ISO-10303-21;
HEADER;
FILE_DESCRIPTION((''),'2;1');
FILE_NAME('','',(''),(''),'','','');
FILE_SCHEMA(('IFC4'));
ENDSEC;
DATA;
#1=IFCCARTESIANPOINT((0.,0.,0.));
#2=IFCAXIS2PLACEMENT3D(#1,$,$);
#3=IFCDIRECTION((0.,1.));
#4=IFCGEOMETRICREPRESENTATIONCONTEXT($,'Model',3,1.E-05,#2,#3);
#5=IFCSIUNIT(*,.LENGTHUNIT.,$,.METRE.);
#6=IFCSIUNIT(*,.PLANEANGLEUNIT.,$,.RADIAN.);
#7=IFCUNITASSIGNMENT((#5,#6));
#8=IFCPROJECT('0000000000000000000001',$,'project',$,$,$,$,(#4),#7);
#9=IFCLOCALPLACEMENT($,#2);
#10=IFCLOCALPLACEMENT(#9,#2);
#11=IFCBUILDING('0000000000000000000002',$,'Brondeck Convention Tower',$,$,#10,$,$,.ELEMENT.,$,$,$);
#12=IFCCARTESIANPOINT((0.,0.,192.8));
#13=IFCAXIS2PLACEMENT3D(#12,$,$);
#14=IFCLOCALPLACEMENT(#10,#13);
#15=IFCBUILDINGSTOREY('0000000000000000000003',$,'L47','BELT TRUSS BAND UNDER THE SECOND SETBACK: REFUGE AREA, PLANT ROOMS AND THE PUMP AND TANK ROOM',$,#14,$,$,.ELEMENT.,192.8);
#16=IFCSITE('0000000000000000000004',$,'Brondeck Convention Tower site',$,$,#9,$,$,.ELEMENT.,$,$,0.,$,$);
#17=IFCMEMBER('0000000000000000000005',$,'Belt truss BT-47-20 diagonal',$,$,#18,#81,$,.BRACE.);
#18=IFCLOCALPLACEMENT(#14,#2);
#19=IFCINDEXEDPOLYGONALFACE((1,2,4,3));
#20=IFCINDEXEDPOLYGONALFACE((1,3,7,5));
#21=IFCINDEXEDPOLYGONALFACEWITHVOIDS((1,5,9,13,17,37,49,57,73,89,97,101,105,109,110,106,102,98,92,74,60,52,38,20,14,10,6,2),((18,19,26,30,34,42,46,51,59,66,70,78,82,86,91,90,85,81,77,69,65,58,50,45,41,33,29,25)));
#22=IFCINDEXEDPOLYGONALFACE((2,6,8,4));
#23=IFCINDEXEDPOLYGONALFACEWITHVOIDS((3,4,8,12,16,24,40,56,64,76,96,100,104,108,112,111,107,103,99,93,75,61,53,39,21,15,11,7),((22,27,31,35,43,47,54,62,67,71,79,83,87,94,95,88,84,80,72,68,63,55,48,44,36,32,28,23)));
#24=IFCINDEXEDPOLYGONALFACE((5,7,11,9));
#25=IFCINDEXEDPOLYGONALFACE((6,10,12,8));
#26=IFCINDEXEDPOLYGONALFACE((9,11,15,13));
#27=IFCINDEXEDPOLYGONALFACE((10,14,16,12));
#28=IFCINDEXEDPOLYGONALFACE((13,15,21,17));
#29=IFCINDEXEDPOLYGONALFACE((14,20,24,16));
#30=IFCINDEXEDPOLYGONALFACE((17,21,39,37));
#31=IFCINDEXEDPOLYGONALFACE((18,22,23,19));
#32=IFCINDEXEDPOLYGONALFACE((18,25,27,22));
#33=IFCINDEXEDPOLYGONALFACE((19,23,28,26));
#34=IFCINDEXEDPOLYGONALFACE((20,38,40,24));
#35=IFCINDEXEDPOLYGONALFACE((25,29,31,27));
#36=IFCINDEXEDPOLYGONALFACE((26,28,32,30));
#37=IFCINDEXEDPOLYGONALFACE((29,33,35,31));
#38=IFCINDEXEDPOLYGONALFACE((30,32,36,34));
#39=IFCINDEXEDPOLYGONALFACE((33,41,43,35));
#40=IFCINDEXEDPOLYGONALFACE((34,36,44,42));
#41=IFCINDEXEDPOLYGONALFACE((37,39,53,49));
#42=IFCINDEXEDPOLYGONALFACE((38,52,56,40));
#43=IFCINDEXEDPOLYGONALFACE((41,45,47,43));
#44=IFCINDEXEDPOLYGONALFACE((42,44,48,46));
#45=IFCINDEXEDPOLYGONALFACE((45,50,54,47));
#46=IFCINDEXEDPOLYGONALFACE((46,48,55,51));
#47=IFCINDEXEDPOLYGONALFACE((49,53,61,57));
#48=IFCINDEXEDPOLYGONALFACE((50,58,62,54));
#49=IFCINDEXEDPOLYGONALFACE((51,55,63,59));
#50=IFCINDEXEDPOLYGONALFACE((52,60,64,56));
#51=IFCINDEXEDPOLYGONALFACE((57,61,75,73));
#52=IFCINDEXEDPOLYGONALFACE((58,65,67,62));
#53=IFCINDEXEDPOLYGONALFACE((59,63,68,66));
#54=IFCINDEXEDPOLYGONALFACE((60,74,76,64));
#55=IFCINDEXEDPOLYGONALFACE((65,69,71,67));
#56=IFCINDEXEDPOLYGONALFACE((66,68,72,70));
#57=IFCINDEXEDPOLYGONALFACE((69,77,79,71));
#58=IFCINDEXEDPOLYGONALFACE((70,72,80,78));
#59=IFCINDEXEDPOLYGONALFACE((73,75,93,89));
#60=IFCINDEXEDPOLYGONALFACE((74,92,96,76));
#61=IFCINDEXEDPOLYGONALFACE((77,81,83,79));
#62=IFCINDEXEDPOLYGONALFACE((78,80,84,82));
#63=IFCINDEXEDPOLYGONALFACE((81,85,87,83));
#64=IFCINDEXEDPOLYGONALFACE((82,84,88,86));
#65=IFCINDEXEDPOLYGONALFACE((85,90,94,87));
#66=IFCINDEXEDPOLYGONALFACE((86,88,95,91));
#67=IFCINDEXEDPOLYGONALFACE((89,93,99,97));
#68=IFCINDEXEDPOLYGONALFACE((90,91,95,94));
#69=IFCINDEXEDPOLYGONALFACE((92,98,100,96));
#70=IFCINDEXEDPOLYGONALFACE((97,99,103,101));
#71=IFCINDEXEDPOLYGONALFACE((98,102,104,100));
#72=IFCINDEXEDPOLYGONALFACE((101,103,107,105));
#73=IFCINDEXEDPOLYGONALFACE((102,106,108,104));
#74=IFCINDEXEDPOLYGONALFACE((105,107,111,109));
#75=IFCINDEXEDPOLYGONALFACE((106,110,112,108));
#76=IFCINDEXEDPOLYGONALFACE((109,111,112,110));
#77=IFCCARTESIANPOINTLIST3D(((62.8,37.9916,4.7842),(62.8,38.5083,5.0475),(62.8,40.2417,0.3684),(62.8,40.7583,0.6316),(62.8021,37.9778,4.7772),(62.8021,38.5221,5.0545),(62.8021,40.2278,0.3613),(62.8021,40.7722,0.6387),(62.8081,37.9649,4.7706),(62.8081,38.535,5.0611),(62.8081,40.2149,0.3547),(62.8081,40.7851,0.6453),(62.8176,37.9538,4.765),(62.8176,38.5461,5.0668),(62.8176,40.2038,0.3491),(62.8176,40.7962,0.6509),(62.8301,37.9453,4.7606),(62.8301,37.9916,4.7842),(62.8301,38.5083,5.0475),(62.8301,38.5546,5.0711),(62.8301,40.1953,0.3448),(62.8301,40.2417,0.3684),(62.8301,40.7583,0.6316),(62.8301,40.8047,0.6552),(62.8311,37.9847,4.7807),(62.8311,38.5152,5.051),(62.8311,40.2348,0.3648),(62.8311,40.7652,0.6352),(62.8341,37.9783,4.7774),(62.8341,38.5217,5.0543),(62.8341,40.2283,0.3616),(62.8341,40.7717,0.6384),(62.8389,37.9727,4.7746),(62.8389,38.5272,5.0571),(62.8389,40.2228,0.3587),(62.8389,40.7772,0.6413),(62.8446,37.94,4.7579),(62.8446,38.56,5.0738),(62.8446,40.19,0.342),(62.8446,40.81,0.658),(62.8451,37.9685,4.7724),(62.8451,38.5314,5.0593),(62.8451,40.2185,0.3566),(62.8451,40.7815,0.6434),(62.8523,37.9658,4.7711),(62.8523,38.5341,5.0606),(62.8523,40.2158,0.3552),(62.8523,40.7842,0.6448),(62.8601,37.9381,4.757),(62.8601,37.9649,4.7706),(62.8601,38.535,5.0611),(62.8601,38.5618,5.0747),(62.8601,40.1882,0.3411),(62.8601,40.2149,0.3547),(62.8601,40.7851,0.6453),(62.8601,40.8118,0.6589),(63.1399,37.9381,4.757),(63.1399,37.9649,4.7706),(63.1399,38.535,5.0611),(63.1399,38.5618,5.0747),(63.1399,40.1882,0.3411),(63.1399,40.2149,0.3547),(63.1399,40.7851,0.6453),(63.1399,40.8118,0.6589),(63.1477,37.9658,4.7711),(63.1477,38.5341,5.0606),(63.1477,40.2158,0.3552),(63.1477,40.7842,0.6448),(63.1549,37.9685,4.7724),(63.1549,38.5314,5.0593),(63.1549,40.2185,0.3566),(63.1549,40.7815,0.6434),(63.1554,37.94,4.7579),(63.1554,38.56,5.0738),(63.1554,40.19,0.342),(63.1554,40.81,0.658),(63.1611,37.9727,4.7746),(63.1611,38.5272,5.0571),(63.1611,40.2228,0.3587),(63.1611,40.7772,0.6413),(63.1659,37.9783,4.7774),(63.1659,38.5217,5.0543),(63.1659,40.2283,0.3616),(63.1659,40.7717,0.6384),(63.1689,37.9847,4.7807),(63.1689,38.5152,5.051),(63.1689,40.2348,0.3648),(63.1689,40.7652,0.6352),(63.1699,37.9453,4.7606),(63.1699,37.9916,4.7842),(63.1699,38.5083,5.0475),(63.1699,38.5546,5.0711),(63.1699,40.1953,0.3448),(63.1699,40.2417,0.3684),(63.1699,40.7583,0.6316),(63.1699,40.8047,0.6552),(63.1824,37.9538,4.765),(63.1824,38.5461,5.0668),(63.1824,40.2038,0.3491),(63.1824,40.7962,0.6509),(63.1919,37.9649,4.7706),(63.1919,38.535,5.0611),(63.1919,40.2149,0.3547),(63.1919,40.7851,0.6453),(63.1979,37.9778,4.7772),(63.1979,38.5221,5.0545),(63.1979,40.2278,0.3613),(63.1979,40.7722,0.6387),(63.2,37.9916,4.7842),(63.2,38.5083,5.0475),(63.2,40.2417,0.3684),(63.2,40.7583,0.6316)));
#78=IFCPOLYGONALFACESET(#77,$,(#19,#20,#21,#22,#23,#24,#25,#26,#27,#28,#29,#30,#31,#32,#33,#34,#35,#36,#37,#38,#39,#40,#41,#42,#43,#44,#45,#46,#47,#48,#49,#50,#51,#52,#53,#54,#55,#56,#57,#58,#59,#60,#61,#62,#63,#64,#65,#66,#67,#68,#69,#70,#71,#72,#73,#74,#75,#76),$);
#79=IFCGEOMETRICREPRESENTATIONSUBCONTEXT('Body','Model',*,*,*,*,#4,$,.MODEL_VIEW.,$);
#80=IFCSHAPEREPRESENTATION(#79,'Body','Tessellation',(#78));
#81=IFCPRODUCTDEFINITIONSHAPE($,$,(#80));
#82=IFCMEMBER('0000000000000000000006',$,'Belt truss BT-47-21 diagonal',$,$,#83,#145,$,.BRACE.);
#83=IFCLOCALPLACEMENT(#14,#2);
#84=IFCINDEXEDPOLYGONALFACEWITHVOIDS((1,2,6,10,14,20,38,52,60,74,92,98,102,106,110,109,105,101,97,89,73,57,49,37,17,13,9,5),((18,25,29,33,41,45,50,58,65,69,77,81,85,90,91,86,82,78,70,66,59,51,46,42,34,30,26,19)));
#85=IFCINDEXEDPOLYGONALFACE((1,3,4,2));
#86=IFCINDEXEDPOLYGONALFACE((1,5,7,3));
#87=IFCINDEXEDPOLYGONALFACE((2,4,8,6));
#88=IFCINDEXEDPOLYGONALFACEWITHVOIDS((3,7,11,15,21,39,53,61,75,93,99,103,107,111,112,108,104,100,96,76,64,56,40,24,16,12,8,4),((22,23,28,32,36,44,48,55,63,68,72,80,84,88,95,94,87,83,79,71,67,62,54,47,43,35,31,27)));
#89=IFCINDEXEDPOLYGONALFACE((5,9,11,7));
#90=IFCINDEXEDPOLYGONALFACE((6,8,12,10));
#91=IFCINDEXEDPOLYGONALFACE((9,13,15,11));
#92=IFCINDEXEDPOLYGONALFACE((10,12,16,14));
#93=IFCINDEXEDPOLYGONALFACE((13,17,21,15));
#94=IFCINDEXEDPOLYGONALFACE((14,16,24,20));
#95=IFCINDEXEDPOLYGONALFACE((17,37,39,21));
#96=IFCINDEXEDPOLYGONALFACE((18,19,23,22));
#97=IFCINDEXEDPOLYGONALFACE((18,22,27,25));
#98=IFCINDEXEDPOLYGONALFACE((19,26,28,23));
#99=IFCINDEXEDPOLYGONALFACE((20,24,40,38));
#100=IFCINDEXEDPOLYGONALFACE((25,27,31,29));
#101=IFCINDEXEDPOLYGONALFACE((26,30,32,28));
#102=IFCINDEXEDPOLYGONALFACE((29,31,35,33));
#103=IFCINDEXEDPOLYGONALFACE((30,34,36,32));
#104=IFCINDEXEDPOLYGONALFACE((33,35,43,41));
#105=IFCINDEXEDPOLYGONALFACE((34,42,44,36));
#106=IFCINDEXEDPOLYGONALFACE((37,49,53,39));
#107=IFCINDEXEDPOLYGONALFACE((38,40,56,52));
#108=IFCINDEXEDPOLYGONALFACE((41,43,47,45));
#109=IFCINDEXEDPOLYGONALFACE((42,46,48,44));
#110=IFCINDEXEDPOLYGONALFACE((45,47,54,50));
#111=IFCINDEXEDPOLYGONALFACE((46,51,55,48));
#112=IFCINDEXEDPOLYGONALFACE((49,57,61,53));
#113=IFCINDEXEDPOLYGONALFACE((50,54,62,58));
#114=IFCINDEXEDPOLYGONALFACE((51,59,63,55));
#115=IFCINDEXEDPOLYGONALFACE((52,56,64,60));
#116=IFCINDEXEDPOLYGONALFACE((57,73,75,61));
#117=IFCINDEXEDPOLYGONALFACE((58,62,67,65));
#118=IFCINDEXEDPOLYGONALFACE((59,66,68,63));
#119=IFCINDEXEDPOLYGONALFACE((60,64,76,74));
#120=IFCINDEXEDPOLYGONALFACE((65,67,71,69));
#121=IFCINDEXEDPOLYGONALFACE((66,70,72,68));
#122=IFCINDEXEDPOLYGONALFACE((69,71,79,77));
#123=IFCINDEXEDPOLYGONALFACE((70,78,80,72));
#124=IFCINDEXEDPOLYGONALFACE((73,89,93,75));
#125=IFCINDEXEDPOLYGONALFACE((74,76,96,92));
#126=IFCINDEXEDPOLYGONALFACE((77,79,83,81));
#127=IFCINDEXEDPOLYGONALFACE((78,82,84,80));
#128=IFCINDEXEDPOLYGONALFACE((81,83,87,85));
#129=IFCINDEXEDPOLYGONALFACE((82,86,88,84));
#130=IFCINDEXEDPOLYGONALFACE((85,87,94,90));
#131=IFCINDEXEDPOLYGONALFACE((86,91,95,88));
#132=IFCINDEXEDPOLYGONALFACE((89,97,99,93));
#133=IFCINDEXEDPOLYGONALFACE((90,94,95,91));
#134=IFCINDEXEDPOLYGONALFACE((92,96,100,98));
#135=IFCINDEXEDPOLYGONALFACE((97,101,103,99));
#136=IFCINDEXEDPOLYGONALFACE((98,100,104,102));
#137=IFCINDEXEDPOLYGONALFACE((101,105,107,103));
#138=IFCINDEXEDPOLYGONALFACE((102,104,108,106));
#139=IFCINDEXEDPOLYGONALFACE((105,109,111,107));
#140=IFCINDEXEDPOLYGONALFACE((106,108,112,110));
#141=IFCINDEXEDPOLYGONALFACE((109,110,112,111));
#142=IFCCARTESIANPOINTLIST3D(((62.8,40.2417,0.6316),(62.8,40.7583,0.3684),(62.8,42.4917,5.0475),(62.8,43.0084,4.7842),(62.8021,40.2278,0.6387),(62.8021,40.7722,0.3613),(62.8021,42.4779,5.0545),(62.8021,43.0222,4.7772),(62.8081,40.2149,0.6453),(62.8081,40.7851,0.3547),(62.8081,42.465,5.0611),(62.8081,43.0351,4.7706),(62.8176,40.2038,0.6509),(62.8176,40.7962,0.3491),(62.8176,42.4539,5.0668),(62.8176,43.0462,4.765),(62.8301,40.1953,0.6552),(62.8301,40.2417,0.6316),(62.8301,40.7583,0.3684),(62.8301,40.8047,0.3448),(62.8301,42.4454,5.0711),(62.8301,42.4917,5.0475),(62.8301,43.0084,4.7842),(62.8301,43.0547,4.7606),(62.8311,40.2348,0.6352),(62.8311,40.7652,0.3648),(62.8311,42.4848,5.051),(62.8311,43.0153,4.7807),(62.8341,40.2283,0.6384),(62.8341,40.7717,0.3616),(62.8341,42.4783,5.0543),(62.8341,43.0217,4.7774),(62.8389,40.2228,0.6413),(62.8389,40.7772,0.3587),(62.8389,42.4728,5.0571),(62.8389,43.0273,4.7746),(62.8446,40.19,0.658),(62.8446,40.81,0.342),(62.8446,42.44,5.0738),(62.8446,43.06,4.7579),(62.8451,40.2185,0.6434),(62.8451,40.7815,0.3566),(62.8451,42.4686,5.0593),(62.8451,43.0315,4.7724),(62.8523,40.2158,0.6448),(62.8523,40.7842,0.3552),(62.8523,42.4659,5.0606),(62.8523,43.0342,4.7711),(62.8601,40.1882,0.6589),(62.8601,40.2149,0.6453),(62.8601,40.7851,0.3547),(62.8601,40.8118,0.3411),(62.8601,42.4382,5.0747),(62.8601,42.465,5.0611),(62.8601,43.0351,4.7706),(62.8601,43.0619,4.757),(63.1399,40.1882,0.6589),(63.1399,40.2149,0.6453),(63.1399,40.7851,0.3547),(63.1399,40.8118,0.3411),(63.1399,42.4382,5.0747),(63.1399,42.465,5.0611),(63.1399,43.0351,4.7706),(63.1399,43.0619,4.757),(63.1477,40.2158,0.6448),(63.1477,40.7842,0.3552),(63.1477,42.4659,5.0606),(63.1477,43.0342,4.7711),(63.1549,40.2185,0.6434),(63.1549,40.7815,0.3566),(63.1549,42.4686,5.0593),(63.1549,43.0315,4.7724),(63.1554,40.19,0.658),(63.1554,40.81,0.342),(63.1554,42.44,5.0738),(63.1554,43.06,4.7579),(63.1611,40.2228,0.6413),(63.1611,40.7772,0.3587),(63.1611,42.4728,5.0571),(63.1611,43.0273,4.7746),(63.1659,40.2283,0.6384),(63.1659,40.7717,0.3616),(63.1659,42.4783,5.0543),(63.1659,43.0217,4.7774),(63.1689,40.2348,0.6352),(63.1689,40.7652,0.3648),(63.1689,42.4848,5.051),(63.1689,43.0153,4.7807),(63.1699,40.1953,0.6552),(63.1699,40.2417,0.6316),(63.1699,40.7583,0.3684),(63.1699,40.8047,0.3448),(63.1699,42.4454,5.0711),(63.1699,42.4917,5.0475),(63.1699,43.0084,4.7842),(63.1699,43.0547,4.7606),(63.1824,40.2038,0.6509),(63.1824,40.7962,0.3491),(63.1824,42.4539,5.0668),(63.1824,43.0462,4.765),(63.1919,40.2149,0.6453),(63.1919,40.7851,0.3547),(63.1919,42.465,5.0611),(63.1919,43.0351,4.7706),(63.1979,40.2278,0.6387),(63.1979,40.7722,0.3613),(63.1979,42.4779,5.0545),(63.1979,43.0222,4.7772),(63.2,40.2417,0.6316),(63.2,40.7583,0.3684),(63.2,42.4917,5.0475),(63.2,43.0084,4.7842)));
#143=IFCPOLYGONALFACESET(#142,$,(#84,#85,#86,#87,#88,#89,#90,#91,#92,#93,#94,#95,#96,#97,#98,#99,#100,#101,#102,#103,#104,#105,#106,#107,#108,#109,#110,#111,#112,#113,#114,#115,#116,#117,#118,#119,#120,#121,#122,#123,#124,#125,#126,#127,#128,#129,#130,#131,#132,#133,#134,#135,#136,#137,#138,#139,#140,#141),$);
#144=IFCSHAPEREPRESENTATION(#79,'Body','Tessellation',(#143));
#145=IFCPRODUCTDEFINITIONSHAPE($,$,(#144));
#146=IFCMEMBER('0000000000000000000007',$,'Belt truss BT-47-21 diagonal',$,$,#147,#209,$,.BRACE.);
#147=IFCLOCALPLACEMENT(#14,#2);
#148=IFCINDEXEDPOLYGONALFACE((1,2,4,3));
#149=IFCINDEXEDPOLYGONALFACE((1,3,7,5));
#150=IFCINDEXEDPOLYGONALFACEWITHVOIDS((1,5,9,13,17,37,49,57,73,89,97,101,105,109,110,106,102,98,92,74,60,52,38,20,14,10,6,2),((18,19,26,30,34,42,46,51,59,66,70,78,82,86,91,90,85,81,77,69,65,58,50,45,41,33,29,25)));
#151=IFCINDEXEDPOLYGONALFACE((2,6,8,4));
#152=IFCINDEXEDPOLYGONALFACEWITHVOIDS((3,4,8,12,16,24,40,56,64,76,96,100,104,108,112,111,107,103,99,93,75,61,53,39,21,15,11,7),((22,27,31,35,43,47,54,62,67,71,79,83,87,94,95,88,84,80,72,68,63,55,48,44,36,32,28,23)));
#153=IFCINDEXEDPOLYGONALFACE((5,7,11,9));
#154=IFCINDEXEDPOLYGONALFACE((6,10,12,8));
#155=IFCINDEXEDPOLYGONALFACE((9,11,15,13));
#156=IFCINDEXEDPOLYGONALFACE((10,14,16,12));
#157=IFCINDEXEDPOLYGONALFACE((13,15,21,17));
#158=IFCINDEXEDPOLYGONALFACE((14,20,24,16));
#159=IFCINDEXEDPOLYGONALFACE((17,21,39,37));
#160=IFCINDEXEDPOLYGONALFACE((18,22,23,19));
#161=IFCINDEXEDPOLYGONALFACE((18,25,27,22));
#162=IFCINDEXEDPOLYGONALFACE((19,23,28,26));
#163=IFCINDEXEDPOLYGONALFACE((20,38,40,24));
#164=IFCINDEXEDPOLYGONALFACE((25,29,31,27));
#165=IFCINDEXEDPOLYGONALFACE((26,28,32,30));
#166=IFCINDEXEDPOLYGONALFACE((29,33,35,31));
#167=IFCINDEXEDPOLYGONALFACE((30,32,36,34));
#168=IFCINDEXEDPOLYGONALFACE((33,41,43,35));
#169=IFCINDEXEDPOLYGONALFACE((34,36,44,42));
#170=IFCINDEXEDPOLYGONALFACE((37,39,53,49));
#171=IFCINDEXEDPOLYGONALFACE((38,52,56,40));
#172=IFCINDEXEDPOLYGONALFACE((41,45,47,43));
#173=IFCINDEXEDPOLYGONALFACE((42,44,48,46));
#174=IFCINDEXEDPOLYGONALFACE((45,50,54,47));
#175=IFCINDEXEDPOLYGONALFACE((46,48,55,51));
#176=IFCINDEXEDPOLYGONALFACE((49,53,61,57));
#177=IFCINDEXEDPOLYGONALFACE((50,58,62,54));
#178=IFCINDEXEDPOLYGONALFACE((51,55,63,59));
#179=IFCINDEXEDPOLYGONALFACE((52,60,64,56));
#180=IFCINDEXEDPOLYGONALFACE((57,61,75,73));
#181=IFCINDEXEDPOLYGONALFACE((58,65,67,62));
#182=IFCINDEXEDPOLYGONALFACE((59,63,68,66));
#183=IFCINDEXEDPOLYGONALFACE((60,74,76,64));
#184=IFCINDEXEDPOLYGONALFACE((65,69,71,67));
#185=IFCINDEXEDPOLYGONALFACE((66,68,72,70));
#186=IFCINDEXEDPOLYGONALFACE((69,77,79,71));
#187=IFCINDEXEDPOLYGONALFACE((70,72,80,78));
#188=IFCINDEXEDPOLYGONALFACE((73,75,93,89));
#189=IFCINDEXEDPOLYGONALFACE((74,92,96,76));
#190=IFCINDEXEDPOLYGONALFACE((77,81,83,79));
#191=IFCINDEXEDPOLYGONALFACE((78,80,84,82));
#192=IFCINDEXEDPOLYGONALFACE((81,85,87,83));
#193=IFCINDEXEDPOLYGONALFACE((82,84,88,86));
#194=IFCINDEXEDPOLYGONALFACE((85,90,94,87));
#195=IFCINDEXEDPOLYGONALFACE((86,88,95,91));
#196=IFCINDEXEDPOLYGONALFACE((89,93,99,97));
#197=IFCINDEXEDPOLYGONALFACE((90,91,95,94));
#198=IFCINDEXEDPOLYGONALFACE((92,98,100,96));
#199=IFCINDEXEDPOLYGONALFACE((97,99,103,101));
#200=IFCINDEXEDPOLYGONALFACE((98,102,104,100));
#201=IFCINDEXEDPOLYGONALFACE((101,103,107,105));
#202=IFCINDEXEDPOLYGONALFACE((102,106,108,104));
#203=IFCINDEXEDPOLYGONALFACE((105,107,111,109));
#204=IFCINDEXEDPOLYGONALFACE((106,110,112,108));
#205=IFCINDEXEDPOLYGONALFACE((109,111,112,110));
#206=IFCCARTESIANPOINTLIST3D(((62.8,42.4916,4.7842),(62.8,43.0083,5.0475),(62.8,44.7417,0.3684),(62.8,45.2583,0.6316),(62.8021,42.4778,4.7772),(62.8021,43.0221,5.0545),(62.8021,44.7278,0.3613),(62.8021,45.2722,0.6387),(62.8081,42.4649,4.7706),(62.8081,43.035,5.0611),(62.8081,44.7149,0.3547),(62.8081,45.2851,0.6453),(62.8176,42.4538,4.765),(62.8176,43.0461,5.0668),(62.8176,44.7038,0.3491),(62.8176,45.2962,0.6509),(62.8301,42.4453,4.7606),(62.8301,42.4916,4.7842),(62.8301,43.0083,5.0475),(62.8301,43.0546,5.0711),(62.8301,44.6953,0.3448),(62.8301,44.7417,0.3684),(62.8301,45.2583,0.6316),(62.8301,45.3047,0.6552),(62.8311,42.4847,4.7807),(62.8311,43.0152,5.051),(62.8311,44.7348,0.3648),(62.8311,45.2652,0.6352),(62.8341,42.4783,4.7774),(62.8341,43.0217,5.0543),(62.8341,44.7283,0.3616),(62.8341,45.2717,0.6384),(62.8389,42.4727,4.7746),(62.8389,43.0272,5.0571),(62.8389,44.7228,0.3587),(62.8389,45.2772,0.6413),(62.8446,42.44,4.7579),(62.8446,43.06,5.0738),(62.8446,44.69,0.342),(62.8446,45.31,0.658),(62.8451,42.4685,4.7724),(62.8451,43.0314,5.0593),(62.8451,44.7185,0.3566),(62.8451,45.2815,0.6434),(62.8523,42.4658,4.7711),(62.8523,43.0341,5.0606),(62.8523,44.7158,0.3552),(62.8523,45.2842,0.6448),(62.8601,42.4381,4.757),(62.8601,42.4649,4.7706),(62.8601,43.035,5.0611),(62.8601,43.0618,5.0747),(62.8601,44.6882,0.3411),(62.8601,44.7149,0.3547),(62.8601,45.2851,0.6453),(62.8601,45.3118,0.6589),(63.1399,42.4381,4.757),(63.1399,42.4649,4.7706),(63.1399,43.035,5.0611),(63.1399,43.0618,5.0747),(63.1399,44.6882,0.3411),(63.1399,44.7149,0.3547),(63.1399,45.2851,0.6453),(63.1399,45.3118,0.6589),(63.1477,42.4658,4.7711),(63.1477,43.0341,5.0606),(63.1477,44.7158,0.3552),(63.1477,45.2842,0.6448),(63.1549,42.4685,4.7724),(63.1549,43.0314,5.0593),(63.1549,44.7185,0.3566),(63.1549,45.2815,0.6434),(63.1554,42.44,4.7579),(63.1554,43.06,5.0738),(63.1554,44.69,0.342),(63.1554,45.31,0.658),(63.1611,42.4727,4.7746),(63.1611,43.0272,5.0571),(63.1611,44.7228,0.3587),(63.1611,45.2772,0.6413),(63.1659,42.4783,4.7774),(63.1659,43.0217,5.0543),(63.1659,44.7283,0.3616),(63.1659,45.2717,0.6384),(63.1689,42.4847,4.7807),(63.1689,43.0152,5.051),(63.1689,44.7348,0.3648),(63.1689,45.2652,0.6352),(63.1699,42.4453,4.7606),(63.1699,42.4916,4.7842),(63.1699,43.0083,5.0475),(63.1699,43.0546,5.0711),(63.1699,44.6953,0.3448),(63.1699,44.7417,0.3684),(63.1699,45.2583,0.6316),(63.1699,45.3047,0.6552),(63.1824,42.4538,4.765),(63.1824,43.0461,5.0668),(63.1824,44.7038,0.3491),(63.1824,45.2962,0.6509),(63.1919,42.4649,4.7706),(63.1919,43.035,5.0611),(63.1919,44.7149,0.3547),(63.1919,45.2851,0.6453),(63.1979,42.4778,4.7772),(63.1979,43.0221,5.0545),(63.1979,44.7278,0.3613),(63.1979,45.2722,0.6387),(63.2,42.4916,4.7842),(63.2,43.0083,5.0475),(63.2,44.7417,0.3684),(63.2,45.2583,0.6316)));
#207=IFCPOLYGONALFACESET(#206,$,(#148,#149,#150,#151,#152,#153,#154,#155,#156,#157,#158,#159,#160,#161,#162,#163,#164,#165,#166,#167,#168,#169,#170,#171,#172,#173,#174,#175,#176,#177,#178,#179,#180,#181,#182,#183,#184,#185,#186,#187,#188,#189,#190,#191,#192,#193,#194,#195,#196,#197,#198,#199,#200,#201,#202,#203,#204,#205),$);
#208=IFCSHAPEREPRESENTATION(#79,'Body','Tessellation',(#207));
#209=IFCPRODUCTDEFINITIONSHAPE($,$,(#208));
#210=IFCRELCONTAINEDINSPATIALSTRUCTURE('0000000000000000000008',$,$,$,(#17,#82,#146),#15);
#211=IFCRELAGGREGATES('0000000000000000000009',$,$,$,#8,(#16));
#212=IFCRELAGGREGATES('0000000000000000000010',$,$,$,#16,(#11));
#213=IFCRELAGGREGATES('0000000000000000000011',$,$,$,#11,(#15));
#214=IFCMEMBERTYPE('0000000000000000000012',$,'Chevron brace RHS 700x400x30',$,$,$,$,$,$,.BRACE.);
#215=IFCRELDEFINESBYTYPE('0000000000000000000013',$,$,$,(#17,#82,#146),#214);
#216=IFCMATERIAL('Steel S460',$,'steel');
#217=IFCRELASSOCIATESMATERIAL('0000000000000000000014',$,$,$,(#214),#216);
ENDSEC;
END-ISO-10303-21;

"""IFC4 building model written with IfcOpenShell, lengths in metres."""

from ifc_helpers import new_model, si_unit, direction, frame, origin, origin_2d, place, context, subcontext, project, spatial, hollow_rectangle, extrude, material, material_profile, profile_set, type_object, element, save


model = new_model("IFC4")

# Units and contexts
model_context = context("Model", 3, precision=1e-05, world=origin(), true_north=direction((0.0, 1.0)))
body_context = subcontext(model_context, "Body", "Model", "MODEL_VIEW")
ifc_project = project(units=[si_unit("LENGTHUNIT", "METRE"), si_unit("PLANEANGLEUNIT", "RADIAN")], contexts=[model_context])

# Site, building, storey
site_placement = place(None, origin())
site = spatial("IfcSite", under=ifc_project, at=site_placement, Name="Brondeck Convention Tower site", CompositionType="ELEMENT", RefElevation=0.0)
building_placement = place(site_placement, origin())
building = spatial("IfcBuilding", under=site, at=building_placement, Name="Brondeck Convention Tower", CompositionType="ELEMENT")
storey_placement = place(building_placement, frame((0.0, 0.0, 192.8)))
storey = spatial("IfcBuildingStorey", under=building, at=storey_placement, Name="L47", Description="BELT TRUSS BAND UNDER THE SECOND SETBACK: REFUGE AREA, PLANT ROOMS AND THE PUMP AND TANK ROOM", CompositionType="ELEMENT", Elevation=192.8)

# Members
ifc_material_1 = material(Name="Steel S460", Category="steel")
ifc_material_profile_1 = material_profile(ifc_material_1, hollow_rectangle(XDim=0.3999, YDim=0.7, WallThickness=0.03, InnerFilletRadius=0.03, OuterFilletRadius=0.0601, at=origin_2d()), Name="RHS 700x400x30")
ifc_profile_set_1 = profile_set([ifc_material_profile_1], Name="Steel S460")
member_type_1 = type_object("IfcMemberType", Name="Chevron brace RHS 700x400x30", PredefinedType="BRACE", material=ifc_profile_set_1)
for number, where, z_axis, x_axis, name in (
    (1, (63.0, 40.5, 0.5), (0.0, -0.453999, 0.891002), (1.0, 0.0, 0.0), "Belt truss BT-47-20 diagonal"),
    (2, (63.0, 40.5, 0.5), (0.0, 0.453999, 0.891002), (-1.0, 0.0, 0.0), "Belt truss BT-47-21 diagonal"),
    (3, (63.0, 45.0, 0.5), (0.0, -0.453999, 0.891002), (1.0, 0.0, 0.0), "Belt truss BT-47-21 diagonal"),
):
    element("IfcMember", number, at=place(storey_placement, frame(where, z_axis=z_axis, x_axis=x_axis)), inside=storey, type_object=member_type_1, Name=name, PredefinedType="BRACE", context=body_context, shape_type="SweptSolid", body=[
        extrude(hollow_rectangle(XDim=0.3999, YDim=0.7, WallThickness=0.03, InnerFilletRadius=0.03, OuterFilletRadius=0.0601, at=origin_2d()), origin(), (0.0, 0.0, 1.0), 4.9561),
    ])

save(model, "model.ifc")
